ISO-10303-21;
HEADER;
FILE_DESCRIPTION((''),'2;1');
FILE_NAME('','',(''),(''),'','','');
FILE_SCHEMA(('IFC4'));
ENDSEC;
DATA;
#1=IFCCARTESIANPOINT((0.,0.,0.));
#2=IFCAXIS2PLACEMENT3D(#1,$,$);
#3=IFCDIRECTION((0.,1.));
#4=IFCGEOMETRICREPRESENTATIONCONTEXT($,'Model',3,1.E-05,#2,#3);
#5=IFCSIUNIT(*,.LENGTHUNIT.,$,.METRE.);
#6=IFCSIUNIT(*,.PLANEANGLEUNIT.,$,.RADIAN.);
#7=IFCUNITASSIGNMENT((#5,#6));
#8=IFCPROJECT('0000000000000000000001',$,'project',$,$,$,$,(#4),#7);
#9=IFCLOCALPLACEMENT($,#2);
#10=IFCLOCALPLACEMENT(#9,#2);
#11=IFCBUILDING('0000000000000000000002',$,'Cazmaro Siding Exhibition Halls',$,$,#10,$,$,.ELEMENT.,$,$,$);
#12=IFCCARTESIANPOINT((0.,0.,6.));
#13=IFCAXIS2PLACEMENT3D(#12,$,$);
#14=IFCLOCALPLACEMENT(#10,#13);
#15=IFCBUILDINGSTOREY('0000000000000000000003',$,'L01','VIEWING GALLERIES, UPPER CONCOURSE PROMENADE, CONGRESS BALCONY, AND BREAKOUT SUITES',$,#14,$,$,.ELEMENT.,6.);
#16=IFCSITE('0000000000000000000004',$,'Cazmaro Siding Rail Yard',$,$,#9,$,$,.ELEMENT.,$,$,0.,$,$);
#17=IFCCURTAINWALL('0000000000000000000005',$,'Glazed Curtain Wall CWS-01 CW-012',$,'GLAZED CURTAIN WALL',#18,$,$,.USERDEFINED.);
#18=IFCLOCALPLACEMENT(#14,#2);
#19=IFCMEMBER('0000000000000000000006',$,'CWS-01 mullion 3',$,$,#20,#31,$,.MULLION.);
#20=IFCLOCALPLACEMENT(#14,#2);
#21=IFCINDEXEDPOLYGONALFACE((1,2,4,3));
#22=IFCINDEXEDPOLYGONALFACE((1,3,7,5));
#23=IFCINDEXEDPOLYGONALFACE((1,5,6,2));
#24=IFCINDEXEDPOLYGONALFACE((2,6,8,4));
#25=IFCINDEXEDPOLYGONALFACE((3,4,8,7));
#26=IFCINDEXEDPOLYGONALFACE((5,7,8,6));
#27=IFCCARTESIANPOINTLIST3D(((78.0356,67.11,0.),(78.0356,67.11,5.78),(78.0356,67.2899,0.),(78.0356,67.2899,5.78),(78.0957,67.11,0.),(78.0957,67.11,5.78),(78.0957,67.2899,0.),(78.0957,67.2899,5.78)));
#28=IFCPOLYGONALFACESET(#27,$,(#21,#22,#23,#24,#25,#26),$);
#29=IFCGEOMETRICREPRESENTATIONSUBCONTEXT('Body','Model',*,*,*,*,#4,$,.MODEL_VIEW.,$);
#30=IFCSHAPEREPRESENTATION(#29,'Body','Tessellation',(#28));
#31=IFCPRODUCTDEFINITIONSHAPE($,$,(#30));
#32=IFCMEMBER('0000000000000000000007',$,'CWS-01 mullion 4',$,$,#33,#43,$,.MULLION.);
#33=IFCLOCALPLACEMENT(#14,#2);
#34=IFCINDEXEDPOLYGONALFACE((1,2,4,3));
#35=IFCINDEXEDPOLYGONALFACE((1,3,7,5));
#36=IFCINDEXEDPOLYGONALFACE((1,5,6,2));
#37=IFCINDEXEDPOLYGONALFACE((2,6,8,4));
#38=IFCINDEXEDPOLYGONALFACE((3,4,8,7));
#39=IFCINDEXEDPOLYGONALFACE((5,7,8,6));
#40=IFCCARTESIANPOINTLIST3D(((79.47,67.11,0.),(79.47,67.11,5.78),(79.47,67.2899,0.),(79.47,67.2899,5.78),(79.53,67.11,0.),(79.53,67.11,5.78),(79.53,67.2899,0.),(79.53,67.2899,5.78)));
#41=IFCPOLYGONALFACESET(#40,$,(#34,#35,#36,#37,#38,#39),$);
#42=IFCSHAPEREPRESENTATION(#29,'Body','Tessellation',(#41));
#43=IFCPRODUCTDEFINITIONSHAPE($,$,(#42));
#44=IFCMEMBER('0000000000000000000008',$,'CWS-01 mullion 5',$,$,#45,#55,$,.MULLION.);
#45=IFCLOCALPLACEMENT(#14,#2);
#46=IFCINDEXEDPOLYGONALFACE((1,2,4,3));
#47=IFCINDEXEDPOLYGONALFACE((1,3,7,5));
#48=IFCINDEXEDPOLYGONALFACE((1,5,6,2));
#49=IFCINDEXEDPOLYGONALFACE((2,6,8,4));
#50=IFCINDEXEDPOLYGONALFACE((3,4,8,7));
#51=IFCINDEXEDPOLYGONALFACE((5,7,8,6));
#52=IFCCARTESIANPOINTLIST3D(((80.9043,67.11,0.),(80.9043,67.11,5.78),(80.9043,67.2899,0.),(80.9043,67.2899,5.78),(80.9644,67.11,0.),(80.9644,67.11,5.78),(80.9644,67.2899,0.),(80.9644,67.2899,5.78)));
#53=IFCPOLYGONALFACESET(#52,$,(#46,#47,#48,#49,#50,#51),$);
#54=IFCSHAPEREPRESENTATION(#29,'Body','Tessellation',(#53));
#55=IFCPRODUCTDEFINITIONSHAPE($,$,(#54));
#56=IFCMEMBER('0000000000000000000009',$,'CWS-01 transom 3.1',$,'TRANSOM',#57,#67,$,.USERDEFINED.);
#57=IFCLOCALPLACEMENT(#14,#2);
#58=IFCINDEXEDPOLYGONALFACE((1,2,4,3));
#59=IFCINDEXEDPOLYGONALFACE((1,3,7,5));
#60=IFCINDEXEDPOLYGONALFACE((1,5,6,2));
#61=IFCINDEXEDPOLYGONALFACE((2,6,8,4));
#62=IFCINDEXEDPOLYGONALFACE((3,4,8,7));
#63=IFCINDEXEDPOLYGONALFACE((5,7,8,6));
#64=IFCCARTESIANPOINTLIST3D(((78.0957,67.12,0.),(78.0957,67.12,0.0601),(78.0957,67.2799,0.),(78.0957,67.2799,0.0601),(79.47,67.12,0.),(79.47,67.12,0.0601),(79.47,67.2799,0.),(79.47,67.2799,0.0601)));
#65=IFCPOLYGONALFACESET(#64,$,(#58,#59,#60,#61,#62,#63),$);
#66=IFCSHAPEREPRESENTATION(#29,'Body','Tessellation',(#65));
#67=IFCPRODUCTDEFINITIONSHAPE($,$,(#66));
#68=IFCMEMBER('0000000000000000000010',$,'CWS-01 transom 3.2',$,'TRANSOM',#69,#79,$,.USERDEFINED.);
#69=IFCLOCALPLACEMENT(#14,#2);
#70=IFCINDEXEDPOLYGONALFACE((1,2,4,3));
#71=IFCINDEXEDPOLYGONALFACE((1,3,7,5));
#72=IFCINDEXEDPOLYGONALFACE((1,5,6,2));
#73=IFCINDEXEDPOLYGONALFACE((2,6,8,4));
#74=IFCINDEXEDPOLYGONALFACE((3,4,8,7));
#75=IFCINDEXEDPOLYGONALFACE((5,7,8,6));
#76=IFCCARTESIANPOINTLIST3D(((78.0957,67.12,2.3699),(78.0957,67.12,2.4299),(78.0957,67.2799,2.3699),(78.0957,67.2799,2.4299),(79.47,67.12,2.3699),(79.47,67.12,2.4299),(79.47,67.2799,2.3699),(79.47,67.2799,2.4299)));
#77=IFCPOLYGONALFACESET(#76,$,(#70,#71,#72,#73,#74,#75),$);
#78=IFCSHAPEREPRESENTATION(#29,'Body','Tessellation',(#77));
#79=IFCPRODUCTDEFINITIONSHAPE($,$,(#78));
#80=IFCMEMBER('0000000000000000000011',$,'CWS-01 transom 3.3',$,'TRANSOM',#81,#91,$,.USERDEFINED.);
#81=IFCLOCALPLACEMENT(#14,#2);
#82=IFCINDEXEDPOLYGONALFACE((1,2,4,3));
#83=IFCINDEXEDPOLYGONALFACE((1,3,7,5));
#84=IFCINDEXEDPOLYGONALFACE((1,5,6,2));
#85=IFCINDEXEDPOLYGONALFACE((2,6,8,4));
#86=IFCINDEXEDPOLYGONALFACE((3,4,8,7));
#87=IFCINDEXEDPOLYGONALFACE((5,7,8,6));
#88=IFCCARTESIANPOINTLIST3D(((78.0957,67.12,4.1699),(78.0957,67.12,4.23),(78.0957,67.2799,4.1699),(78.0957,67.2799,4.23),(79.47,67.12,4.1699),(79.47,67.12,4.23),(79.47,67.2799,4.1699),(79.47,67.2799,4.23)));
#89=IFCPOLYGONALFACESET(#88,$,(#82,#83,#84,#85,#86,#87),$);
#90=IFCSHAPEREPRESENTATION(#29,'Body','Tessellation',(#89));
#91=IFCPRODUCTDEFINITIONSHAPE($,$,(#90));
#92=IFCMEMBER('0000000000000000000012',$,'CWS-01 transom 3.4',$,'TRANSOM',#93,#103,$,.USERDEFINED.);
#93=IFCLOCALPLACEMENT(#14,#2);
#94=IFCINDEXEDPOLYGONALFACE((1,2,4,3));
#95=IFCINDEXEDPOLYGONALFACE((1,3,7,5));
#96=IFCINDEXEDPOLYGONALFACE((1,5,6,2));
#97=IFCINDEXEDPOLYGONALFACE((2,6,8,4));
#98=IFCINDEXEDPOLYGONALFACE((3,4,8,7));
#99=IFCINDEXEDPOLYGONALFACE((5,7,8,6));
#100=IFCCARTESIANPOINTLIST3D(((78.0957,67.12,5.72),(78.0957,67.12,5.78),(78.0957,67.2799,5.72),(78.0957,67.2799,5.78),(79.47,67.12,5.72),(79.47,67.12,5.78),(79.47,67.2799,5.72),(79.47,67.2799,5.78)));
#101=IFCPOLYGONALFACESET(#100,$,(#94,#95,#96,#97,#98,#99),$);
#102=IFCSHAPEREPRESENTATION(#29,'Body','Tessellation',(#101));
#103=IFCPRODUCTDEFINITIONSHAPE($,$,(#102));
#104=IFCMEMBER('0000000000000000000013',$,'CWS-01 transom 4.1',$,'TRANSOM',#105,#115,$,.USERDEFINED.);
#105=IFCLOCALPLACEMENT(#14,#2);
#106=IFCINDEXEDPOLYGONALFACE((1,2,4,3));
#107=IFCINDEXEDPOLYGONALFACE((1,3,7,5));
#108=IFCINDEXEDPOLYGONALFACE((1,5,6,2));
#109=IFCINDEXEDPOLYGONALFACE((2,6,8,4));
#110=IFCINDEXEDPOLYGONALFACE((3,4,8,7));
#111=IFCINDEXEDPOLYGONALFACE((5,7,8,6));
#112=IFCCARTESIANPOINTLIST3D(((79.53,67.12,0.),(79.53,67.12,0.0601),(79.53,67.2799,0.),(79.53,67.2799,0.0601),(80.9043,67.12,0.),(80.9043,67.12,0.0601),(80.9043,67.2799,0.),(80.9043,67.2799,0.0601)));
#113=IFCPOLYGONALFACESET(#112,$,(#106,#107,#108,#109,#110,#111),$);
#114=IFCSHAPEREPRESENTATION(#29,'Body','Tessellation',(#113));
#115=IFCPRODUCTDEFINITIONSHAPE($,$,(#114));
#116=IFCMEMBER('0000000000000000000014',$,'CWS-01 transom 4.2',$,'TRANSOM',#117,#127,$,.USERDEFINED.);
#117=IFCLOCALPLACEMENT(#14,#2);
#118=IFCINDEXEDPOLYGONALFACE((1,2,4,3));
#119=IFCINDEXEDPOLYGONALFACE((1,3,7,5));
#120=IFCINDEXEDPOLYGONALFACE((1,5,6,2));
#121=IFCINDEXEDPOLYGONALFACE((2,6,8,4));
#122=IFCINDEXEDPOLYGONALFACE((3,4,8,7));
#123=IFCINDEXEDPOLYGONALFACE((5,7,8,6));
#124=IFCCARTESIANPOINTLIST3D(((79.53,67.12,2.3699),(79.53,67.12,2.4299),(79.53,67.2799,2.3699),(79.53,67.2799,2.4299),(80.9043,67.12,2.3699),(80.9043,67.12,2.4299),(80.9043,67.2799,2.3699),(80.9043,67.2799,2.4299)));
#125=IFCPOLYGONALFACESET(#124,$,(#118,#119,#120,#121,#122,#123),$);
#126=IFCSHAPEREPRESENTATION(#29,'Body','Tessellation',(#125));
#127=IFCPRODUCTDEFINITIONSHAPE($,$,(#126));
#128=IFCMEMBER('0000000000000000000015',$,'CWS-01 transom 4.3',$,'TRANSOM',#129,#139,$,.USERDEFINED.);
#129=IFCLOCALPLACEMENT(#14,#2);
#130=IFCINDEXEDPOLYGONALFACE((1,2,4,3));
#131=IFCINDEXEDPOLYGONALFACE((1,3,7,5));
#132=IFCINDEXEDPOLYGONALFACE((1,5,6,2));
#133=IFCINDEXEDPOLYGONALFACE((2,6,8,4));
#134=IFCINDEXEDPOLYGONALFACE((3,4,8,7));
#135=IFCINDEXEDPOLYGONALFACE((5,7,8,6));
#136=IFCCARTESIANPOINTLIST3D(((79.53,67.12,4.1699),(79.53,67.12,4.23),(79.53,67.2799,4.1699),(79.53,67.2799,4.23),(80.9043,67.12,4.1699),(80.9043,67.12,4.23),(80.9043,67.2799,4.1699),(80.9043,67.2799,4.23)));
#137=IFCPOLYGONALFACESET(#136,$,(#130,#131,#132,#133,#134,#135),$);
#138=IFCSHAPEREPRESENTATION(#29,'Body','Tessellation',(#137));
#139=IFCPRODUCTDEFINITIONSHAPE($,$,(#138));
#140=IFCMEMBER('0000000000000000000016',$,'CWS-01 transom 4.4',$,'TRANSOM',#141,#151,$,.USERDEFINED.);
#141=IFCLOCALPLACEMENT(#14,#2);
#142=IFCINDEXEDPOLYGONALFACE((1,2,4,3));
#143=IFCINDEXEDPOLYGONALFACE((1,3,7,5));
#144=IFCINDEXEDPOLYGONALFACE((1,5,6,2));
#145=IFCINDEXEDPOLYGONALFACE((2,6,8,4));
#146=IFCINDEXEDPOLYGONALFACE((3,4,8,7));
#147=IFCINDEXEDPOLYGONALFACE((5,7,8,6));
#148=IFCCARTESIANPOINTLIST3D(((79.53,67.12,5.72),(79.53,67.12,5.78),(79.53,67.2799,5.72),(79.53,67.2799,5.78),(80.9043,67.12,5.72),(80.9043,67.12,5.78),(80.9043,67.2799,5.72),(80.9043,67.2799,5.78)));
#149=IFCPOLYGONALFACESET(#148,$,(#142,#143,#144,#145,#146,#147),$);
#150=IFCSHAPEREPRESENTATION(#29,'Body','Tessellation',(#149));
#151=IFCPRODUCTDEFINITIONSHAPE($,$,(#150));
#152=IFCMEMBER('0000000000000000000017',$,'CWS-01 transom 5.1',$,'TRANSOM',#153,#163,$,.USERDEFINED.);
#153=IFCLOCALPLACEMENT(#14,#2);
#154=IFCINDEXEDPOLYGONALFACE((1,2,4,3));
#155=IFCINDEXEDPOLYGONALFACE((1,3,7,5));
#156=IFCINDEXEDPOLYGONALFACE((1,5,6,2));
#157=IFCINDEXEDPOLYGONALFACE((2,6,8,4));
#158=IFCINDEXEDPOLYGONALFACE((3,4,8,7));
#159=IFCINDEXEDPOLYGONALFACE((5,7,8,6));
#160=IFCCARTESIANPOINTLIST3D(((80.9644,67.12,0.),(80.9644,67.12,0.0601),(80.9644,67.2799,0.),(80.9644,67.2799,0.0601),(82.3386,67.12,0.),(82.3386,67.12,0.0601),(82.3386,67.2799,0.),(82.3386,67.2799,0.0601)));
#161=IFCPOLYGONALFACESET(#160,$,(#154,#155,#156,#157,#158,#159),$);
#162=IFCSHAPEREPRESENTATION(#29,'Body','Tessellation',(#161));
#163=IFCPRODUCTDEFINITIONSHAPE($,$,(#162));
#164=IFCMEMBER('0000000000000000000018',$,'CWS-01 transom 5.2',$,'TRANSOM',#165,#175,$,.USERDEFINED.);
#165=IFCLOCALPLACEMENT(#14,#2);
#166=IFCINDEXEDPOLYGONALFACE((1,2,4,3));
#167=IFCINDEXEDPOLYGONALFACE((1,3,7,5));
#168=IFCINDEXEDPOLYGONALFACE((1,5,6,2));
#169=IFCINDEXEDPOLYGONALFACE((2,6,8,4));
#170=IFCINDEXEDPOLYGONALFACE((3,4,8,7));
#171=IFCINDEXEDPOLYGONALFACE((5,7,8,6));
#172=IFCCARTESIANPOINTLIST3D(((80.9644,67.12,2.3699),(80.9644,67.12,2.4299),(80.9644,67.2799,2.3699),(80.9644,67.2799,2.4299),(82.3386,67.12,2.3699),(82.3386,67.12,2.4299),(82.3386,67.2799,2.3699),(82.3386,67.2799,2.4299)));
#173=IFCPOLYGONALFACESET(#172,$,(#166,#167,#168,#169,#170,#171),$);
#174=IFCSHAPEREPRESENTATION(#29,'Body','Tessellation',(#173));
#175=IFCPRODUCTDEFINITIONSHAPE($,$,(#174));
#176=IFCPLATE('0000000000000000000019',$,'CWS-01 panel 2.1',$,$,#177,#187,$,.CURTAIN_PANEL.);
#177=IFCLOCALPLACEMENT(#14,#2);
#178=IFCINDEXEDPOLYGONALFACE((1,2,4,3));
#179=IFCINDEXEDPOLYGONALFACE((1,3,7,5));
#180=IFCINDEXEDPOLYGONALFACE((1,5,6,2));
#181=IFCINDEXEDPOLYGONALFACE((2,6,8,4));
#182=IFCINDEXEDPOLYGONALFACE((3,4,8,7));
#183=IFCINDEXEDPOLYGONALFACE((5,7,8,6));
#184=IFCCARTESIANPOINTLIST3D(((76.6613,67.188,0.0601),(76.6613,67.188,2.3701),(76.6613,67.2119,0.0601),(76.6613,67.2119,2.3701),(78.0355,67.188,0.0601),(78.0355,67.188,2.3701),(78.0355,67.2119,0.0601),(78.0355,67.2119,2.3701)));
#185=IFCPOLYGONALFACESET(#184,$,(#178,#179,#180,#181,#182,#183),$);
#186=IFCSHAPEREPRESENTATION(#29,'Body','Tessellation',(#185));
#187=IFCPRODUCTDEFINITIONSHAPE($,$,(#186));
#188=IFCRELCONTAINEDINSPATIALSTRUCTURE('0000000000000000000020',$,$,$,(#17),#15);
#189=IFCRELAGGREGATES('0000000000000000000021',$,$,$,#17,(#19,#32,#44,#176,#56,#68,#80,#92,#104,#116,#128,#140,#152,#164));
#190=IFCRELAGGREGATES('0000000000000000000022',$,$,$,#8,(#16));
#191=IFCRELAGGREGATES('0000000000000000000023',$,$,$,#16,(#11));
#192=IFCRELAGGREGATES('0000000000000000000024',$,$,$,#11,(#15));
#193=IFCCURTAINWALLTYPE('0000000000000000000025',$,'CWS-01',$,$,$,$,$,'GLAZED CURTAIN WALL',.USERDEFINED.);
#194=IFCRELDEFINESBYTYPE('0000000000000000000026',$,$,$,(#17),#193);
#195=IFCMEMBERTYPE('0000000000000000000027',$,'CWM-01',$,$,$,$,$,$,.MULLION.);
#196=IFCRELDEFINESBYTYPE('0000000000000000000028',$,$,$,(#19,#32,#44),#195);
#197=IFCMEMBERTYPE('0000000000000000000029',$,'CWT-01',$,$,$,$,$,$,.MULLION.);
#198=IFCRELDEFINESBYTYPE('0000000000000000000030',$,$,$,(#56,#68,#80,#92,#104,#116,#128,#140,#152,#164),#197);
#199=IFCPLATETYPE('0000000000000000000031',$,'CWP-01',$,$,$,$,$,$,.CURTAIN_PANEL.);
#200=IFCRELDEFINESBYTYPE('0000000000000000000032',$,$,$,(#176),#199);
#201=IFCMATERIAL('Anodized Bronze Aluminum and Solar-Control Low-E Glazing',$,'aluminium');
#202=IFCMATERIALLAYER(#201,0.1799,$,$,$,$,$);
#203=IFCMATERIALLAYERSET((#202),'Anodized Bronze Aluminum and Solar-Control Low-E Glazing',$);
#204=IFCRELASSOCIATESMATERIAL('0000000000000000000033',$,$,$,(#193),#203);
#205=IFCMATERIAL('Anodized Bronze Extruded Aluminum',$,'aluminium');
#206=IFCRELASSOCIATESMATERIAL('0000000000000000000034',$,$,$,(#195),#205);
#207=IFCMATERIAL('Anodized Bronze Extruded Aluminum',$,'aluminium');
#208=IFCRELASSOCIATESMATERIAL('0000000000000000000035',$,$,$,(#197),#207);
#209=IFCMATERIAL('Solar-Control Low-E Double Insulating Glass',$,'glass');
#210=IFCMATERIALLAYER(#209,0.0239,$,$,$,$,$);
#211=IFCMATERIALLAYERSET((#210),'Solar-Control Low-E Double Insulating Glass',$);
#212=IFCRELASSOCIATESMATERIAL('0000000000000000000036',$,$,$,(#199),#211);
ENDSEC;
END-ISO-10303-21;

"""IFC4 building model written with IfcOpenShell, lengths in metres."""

from ifc_helpers import new_model, si_unit, direction, frame, origin, origin_2d, place, context, subcontext, project, spatial, rectangle, extrude, material, layer, layer_set, material_profile, profile_set, type_object, element, aggregate, save


model = new_model("IFC4")

# Units and contexts
model_context = context("Model", 3, precision=1e-05, world=origin(), true_north=direction((0.0, 1.0)))
body_context = subcontext(model_context, "Body", "Model", "MODEL_VIEW")
ifc_project = project(units=[si_unit("LENGTHUNIT", "METRE"), si_unit("PLANEANGLEUNIT", "RADIAN")], contexts=[model_context])

# Site, building, storey
site_placement = place(None, origin())
site = spatial("IfcSite", under=ifc_project, at=site_placement, Name="Cazmaro Siding Rail Yard", CompositionType="ELEMENT", RefElevation=0.0)
building_placement = place(site_placement, origin())
building = spatial("IfcBuilding", under=site, at=building_placement, Name="Cazmaro Siding Exhibition Halls", CompositionType="ELEMENT")
storey_placement = place(building_placement, frame((0.0, 0.0, 6.0)))
storey = spatial("IfcBuildingStorey", under=building, at=storey_placement, Name="L01", Description="VIEWING GALLERIES, UPPER CONCOURSE PROMENADE, CONGRESS BALCONY, AND BREAKOUT SUITES", CompositionType="ELEMENT", Elevation=6.0)

# Curtain wall, members, plate
ifc_material_1 = material(Name="Anodized Bronze Aluminum and Solar-Control Low-E Glazing", Category="aluminium")
ifc_layer_1 = layer(ifc_material_1, 0.1799)
ifc_layer_set_1 = layer_set([ifc_layer_1], Name="Anodized Bronze Aluminum and Solar-Control Low-E Glazing")
curtain_wall_type = type_object("IfcCurtainWallType", Name="CWS-01", ElementType="GLAZED CURTAIN WALL", PredefinedType="USERDEFINED", material=ifc_layer_set_1)
curtain_wall_placement = place(storey_placement, origin())
curtain_wall = element("IfcCurtainWall", 1, at=curtain_wall_placement, inside=storey, type_object=curtain_wall_type, Name="Glazed Curtain Wall CWS-01 CW-012", ObjectType="GLAZED CURTAIN WALL", PredefinedType="USERDEFINED")
ifc_material_2 = material(Name="Anodized Bronze Extruded Aluminum", Category="aluminium")
ifc_material_profile_1 = material_profile(ifc_material_2, rectangle(XDim=0.1799, YDim=0.0601, at=origin_2d()), Name="CWM-01")
ifc_profile_set_1 = profile_set([ifc_material_profile_1], Name="Anodized Bronze Extruded Aluminum")
member_type_1 = type_object("IfcMemberType", Name="CWM-01", PredefinedType="MULLION", material=ifc_profile_set_1)
member_1_placement = place(storey_placement, frame((78.0657, 67.2, 0.0), z_axis=(0.0, 0.0, 1.0), x_axis=(0.0, 1.0, 0.0)))
member_1 = element("IfcMember", 2, at=member_1_placement, type_object=member_type_1, Name="CWS-01 mullion 3", PredefinedType="MULLION", context=body_context, shape_type="SweptSolid", body=[
    extrude(rectangle(XDim=0.1799, YDim=0.0601, at=origin_2d()), origin(), (0.0, 0.0, 1.0), 5.78),
])
member_2_placement = place(storey_placement, frame((79.5, 67.2, 0.0), z_axis=(0.0, 0.0, 1.0), x_axis=(0.0, 1.0, 0.0)))
member_2 = element("IfcMember", 3, at=member_2_placement, type_object=member_type_1, Name="CWS-01 mullion 4", PredefinedType="MULLION", context=body_context, shape_type="SweptSolid", body=[
    extrude(rectangle(XDim=0.1799, YDim=0.0601, at=origin_2d()), origin(), (0.0, 0.0, 1.0), 5.78),
])
member_3_placement = place(storey_placement, frame((80.9343, 67.2, 0.0), z_axis=(0.0, 0.0, 1.0), x_axis=(0.0, 1.0, 0.0)))
member_3 = element("IfcMember", 4, at=member_3_placement, type_object=member_type_1, Name="CWS-01 mullion 5", PredefinedType="MULLION", context=body_context, shape_type="SweptSolid", body=[
    extrude(rectangle(XDim=0.1799, YDim=0.0601, at=origin_2d()), origin(), (0.0, 0.0, 1.0), 5.78),
])
ifc_material_3 = material(Name="Anodized Bronze Extruded Aluminum", Category="aluminium")
ifc_material_profile_2 = material_profile(ifc_material_3, rectangle(XDim=0.1599, YDim=0.0601, at=origin_2d()), Name="CWT-01")
ifc_profile_set_2 = profile_set([ifc_material_profile_2], Name="Anodized Bronze Extruded Aluminum")
member_type_2 = type_object("IfcMemberType", Name="CWT-01", PredefinedType="MULLION", material=ifc_profile_set_2)
member_4_placement = place(storey_placement, frame((78.0957, 67.2, 0.03), z_axis=(1.0, 0.0, 0.0), x_axis=(0.0, 1.0, 0.0)))
member_4 = element("IfcMember", 5, at=member_4_placement, type_object=member_type_2, Name="CWS-01 transom 3.1", ObjectType="TRANSOM", PredefinedType="USERDEFINED", context=body_context, shape_type="SweptSolid", body=[
    extrude(rectangle(XDim=0.1599, YDim=0.0601, at=origin_2d()), origin(), (0.0, 0.0, 1.0), 1.3743),
])
member_5_placement = place(storey_placement, frame((78.0957, 67.2, 2.3999), z_axis=(1.0, 0.0, 0.0), x_axis=(0.0, 1.0, 0.0)))
member_5 = element("IfcMember", 6, at=member_5_placement, type_object=member_type_2, Name="CWS-01 transom 3.2", ObjectType="TRANSOM", PredefinedType="USERDEFINED", context=body_context, shape_type="SweptSolid", body=[
    extrude(rectangle(XDim=0.1599, YDim=0.0601, at=origin_2d()), origin(), (0.0, 0.0, 1.0), 1.3743),
])
member_6_placement = place(storey_placement, frame((78.0957, 67.2, 4.2), z_axis=(1.0, 0.0, 0.0), x_axis=(0.0, 1.0, 0.0)))
member_6 = element("IfcMember", 7, at=member_6_placement, type_object=member_type_2, Name="CWS-01 transom 3.3", ObjectType="TRANSOM", PredefinedType="USERDEFINED", context=body_context, shape_type="SweptSolid", body=[
    extrude(rectangle(XDim=0.1599, YDim=0.0601, at=origin_2d()), origin(), (0.0, 0.0, 1.0), 1.3743),
])
member_7_placement = place(storey_placement, frame((78.0957, 67.2, 5.75), z_axis=(1.0, 0.0, 0.0), x_axis=(0.0, 1.0, 0.0)))
member_7 = element("IfcMember", 8, at=member_7_placement, type_object=member_type_2, Name="CWS-01 transom 3.4", ObjectType="TRANSOM", PredefinedType="USERDEFINED", context=body_context, shape_type="SweptSolid", body=[
    extrude(rectangle(XDim=0.1599, YDim=0.0601, at=origin_2d()), origin(), (0.0, 0.0, 1.0), 1.3743),
])
member_8_placement = place(storey_placement, frame((79.53, 67.2, 0.03), z_axis=(1.0, 0.0, 0.0), x_axis=(0.0, 1.0, 0.0)))
member_8 = element("IfcMember", 9, at=member_8_placement, type_object=member_type_2, Name="CWS-01 transom 4.1", ObjectType="TRANSOM", PredefinedType="USERDEFINED", context=body_context, shape_type="SweptSolid", body=[
    extrude(rectangle(XDim=0.1599, YDim=0.0601, at=origin_2d()), origin(), (0.0, 0.0, 1.0), 1.3743),
])
member_9_placement = place(storey_placement, frame((79.53, 67.2, 2.3999), z_axis=(1.0, 0.0, 0.0), x_axis=(0.0, 1.0, 0.0)))
member_9 = element("IfcMember", 10, at=member_9_placement, type_object=member_type_2, Name="CWS-01 transom 4.2", ObjectType="TRANSOM", PredefinedType="USERDEFINED", context=body_context, shape_type="SweptSolid", body=[
    extrude(rectangle(XDim=0.1599, YDim=0.0601, at=origin_2d()), origin(), (0.0, 0.0, 1.0), 1.3743),
])
member_10_placement = place(storey_placement, frame((79.53, 67.2, 4.2), z_axis=(1.0, 0.0, 0.0), x_axis=(0.0, 1.0, 0.0)))
member_10 = element("IfcMember", 11, at=member_10_placement, type_object=member_type_2, Name="CWS-01 transom 4.3", ObjectType="TRANSOM", PredefinedType="USERDEFINED", context=body_context, shape_type="SweptSolid", body=[
    extrude(rectangle(XDim=0.1599, YDim=0.0601, at=origin_2d()), origin(), (0.0, 0.0, 1.0), 1.3743),
])
member_11_placement = place(storey_placement, frame((79.53, 67.2, 5.75), z_axis=(1.0, 0.0, 0.0), x_axis=(0.0, 1.0, 0.0)))
member_11 = element("IfcMember", 12, at=member_11_placement, type_object=member_type_2, Name="CWS-01 transom 4.4", ObjectType="TRANSOM", PredefinedType="USERDEFINED", context=body_context, shape_type="SweptSolid", body=[
    extrude(rectangle(XDim=0.1599, YDim=0.0601, at=origin_2d()), origin(), (0.0, 0.0, 1.0), 1.3743),
])
member_12_placement = place(storey_placement, frame((80.9644, 67.2, 0.03), z_axis=(1.0, 0.0, 0.0), x_axis=(0.0, 1.0, 0.0)))
member_12 = element("IfcMember", 13, at=member_12_placement, type_object=member_type_2, Name="CWS-01 transom 5.1", ObjectType="TRANSOM", PredefinedType="USERDEFINED", context=body_context, shape_type="SweptSolid", body=[
    extrude(rectangle(XDim=0.1599, YDim=0.0601, at=origin_2d()), origin(), (0.0, 0.0, 1.0), 1.3743),
])
member_13_placement = place(storey_placement, frame((80.9644, 67.2, 2.3999), z_axis=(1.0, 0.0, 0.0), x_axis=(0.0, 1.0, 0.0)))
member_13 = element("IfcMember", 14, at=member_13_placement, type_object=member_type_2, Name="CWS-01 transom 5.2", ObjectType="TRANSOM", PredefinedType="USERDEFINED", context=body_context, shape_type="SweptSolid", body=[
    extrude(rectangle(XDim=0.1599, YDim=0.0601, at=origin_2d()), origin(), (0.0, 0.0, 1.0), 1.3743),
])
ifc_material_4 = material(Name="Solar-Control Low-E Double Insulating Glass", Category="glass")
ifc_layer_2 = layer(ifc_material_4, 0.0239)
ifc_layer_set_2 = layer_set([ifc_layer_2], Name="Solar-Control Low-E Double Insulating Glass")
plate_type = type_object("IfcPlateType", Name="CWP-01", PredefinedType="CURTAIN_PANEL", material=ifc_layer_set_2)
plate_1_placement = place(storey_placement, frame((77.3484, 67.2, 0.0601), z_axis=(0.0, 0.0, 1.0), x_axis=(1.0, 0.0, 0.0)))
plate_1 = element("IfcPlate", 15, at=plate_1_placement, type_object=plate_type, Name="CWS-01 panel 2.1", PredefinedType="CURTAIN_PANEL", context=body_context, shape_type="SweptSolid", body=[
    extrude(rectangle(XDim=1.3743, YDim=0.0239, at=origin_2d()), origin(), (0.0, 0.0, 1.0), 2.3101),
])
aggregate(curtain_wall, [member_1, member_2, member_3, plate_1, member_4, member_5, member_6, member_7, member_8, member_9, member_10, member_11, member_12, member_13])

save(model, "model.ifc")
